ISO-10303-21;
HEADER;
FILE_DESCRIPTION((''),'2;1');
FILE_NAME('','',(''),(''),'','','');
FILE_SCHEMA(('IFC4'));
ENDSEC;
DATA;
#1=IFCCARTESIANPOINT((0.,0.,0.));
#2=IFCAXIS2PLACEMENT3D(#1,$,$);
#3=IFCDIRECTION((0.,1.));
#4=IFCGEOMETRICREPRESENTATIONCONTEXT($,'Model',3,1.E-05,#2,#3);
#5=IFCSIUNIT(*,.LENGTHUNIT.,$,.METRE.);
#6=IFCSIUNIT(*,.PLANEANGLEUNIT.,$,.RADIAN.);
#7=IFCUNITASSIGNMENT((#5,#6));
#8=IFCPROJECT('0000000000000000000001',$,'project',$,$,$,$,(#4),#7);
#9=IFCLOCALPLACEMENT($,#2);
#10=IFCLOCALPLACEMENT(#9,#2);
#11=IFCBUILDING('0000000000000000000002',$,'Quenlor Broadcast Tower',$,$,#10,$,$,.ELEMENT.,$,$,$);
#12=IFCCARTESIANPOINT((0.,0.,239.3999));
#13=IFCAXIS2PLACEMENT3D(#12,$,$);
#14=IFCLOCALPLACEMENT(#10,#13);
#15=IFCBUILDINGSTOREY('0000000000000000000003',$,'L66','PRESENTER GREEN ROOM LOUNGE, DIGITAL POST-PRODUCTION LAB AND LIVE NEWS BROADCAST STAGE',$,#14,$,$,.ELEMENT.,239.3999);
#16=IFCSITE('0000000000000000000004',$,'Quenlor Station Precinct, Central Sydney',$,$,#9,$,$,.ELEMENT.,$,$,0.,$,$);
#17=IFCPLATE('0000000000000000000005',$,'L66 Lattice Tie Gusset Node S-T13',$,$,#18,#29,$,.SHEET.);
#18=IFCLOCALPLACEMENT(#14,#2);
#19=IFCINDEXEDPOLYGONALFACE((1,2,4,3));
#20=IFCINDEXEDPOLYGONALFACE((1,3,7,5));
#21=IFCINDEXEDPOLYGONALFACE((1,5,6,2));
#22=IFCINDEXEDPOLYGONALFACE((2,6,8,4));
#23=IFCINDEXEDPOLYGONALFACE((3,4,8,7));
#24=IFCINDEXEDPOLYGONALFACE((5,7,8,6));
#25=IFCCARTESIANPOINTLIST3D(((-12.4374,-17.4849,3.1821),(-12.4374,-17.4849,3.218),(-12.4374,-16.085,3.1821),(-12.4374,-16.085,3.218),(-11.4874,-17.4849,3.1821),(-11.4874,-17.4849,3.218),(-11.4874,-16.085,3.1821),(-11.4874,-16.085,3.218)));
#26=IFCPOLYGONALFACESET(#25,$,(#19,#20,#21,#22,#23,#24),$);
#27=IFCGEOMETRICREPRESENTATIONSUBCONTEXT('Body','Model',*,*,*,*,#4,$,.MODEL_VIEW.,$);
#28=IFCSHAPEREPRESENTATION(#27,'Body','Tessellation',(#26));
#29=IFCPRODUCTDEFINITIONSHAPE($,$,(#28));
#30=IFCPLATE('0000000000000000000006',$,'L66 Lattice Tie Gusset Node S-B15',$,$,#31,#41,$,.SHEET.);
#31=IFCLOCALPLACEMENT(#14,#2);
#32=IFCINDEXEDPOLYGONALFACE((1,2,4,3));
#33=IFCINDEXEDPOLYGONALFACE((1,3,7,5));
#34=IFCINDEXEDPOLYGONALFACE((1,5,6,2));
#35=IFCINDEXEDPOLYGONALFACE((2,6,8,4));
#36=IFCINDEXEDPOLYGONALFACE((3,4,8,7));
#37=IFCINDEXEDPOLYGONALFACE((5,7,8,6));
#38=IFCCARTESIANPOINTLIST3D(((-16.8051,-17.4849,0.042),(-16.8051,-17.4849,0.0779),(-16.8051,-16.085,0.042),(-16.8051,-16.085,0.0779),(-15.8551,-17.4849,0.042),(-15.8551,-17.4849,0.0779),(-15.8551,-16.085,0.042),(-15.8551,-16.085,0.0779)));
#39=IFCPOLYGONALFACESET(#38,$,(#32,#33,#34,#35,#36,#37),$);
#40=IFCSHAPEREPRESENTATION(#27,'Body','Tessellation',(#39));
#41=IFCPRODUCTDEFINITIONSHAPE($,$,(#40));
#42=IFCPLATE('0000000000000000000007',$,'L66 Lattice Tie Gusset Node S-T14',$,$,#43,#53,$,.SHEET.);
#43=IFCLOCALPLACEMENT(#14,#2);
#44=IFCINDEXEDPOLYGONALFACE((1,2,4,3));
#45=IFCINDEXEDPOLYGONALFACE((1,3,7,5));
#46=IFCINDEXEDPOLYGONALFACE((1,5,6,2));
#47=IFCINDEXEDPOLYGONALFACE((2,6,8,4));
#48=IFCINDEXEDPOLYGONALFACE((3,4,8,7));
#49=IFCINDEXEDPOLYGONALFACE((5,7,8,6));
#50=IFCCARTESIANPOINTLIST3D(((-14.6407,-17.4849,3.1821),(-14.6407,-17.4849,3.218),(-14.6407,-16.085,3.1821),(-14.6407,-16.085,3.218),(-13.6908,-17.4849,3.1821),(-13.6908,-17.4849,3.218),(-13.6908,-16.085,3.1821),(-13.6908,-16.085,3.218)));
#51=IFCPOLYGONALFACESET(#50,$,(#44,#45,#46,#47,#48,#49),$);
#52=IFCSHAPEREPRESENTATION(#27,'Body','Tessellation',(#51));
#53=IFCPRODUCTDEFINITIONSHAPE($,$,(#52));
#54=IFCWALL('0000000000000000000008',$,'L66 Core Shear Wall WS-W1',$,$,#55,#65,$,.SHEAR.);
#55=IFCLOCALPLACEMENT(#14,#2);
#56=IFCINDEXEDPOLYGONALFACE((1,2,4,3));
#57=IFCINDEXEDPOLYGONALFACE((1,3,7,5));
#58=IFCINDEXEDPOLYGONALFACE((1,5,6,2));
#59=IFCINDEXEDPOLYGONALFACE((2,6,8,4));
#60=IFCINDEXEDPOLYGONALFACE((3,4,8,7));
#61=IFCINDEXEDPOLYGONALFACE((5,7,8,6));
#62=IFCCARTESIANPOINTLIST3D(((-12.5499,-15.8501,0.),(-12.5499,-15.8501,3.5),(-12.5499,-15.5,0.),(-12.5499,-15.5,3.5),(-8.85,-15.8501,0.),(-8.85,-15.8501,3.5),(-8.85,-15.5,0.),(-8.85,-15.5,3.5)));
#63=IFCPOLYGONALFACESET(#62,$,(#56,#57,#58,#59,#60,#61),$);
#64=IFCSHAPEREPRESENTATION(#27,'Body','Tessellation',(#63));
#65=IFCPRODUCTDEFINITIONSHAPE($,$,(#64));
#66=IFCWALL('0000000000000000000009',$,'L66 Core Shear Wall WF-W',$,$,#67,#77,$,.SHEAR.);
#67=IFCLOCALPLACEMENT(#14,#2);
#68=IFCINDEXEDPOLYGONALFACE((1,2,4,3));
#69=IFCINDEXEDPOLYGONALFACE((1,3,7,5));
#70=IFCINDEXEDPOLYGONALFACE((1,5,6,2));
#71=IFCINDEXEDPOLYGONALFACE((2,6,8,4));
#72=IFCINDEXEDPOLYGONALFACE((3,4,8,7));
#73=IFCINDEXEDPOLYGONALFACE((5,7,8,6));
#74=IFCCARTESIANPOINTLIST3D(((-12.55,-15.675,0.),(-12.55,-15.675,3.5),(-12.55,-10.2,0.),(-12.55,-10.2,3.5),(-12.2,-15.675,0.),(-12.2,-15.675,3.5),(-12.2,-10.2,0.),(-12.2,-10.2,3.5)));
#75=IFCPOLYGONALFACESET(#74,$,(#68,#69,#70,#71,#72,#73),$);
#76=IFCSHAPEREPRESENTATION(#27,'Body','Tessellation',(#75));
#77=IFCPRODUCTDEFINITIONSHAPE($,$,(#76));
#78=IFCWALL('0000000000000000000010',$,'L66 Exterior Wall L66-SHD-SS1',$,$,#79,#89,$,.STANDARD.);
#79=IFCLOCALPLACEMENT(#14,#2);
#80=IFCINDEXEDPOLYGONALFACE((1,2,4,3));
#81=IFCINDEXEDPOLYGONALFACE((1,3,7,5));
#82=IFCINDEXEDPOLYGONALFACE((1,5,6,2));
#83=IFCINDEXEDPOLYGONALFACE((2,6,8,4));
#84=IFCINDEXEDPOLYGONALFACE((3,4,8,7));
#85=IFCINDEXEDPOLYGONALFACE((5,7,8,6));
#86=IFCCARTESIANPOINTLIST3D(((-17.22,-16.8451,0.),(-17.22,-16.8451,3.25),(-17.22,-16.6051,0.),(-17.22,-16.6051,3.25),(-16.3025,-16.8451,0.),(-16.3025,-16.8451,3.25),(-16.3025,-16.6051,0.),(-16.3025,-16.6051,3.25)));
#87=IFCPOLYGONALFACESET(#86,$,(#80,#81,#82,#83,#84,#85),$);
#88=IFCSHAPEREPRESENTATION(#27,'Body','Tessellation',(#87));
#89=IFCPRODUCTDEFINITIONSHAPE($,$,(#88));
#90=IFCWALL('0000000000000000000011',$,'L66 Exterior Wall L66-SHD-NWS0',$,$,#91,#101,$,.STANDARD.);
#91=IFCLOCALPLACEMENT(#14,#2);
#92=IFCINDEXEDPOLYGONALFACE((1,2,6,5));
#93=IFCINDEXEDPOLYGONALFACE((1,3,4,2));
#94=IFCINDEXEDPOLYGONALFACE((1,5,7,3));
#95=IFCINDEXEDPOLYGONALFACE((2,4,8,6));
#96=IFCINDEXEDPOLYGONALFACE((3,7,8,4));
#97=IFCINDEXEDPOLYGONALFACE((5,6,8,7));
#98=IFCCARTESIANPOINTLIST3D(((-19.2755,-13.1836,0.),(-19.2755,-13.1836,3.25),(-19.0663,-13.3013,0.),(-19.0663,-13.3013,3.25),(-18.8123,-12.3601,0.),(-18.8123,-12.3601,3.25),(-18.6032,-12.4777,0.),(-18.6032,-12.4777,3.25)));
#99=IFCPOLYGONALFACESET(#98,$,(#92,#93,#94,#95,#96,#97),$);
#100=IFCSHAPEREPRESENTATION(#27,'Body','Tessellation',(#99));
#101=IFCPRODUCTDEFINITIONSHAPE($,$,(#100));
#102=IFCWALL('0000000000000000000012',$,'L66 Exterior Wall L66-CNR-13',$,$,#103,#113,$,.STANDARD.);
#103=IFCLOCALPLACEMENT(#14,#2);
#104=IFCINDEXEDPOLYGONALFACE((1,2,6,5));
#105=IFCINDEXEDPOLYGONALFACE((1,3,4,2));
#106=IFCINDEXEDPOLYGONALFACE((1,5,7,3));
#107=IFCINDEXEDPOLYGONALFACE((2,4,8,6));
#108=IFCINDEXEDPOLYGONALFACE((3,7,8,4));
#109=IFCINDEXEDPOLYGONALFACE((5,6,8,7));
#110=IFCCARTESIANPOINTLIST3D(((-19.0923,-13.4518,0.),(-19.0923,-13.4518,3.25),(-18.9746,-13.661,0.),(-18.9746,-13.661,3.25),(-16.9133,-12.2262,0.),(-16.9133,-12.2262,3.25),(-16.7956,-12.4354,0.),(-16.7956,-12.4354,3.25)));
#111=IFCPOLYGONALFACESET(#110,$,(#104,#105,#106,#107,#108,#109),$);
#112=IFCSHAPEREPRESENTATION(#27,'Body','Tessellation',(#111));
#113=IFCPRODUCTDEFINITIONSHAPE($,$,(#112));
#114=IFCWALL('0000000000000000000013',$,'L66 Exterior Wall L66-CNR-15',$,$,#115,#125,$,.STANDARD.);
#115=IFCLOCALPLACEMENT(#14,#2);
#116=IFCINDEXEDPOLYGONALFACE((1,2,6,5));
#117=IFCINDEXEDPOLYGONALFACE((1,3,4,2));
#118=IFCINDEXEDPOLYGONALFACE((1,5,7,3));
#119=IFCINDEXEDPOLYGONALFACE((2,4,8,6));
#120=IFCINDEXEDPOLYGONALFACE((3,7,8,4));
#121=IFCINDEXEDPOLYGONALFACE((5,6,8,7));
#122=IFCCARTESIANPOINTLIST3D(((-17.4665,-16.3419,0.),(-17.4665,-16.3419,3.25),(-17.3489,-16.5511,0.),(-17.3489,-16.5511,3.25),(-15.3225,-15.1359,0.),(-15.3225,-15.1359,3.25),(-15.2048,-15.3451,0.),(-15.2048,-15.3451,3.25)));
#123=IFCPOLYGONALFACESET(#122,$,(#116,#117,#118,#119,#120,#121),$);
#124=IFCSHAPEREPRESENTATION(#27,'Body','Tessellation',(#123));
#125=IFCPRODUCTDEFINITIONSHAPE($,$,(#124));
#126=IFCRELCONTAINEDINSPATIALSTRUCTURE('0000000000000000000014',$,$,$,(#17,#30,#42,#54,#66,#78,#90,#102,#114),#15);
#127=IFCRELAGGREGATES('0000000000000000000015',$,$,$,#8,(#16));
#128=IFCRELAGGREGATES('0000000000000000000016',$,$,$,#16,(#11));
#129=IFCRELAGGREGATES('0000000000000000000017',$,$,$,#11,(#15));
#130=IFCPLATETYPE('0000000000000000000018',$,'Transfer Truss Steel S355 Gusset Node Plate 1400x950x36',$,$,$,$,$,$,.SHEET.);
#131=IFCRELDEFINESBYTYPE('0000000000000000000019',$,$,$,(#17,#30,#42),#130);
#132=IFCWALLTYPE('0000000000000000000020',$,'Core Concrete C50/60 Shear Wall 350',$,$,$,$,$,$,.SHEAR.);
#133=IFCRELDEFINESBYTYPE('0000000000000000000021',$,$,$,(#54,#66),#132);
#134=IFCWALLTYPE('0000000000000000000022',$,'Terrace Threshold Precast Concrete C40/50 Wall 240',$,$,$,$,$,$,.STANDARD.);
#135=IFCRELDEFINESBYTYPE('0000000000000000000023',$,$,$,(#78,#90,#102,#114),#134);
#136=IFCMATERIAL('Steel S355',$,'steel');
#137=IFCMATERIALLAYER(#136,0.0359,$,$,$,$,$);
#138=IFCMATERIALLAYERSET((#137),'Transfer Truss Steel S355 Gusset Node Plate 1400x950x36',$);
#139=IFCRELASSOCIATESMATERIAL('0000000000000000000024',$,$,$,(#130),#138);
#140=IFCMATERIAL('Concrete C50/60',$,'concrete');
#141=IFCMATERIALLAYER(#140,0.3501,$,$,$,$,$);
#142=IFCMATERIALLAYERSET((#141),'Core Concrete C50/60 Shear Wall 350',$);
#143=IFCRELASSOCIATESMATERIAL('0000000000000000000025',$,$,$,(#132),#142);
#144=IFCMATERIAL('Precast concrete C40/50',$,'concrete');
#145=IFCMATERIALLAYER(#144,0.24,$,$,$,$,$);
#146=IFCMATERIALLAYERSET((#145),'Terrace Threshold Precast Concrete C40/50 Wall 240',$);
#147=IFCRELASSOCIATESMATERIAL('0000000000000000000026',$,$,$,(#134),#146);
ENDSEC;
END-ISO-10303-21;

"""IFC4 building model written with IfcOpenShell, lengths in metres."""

from ifc_helpers import new_model, si_unit, direction, frame, frame_2d, origin, origin_2d, place, context, subcontext, project, spatial, rectangle, extrude, material, layer, layer_set, type_object, element, save


model = new_model("IFC4")

# Units and contexts
model_context = context("Model", 3, precision=1e-05, world=origin(), true_north=direction((0.0, 1.0)))
body_context = subcontext(model_context, "Body", "Model", "MODEL_VIEW")
ifc_project = project(units=[si_unit("LENGTHUNIT", "METRE"), si_unit("PLANEANGLEUNIT", "RADIAN")], contexts=[model_context])

# Site, building, storey
site_placement = place(None, origin())
site = spatial("IfcSite", under=ifc_project, at=site_placement, Name="Quenlor Station Precinct, Central Sydney", CompositionType="ELEMENT", RefElevation=0.0)
building_placement = place(site_placement, origin())
building = spatial("IfcBuilding", under=site, at=building_placement, Name="Quenlor Broadcast Tower", CompositionType="ELEMENT")
storey_placement = place(building_placement, frame((0.0, 0.0, 239.3999)))
storey = spatial("IfcBuildingStorey", under=building, at=storey_placement, Name="L66", Description="PRESENTER GREEN ROOM LOUNGE, DIGITAL POST-PRODUCTION LAB AND LIVE NEWS BROADCAST STAGE", CompositionType="ELEMENT", Elevation=239.3999)

# Plates
ifc_material_1 = material(Name="Steel S355", Category="steel")
ifc_layer_1 = layer(ifc_material_1, 0.0359)
ifc_layer_set_1 = layer_set([ifc_layer_1], Name="Transfer Truss Steel S355 Gusset Node Plate 1400x950x36")
plate_type = type_object("IfcPlateType", Name="Transfer Truss Steel S355 Gusset Node Plate 1400x950x36", PredefinedType="SHEET", material=ifc_layer_set_1)
for number, where, z_axis, x_axis, name in (
    (1, (-11.9624, -16.7849, 3.1821), (0.0, 0.0, 1.0), (0.0, -1.0, 0.0), "L66 Lattice Tie Gusset Node S-T13"),
    (2, (-16.3301, -16.7849, 0.042), (0.0, 0.0, 1.0), (0.0, -1.0, 0.0), "L66 Lattice Tie Gusset Node S-B15"),
    (3, (-14.1658, -16.7849, 3.1821), (0.0, 0.0, 1.0), (0.0, -1.0, 0.0), "L66 Lattice Tie Gusset Node S-T14"),
):
    element("IfcPlate", number, at=place(storey_placement, frame(where, z_axis=z_axis, x_axis=x_axis)), inside=storey, type_object=plate_type, Name=name, PredefinedType="SHEET", context=body_context, shape_type="SweptSolid", body=[
        extrude(rectangle(XDim=1.3999, YDim=0.95, at=origin_2d()), origin(), (0.0, 0.0, 1.0), 0.0359),
    ])

# Walls
ifc_material_2 = material(Name="Concrete C50/60", Category="concrete")
ifc_layer_2 = layer(ifc_material_2, 0.3501)
ifc_layer_set_2 = layer_set([ifc_layer_2], Name="Core Concrete C50/60 Shear Wall 350")
wall_type_1 = type_object("IfcWallType", Name="Core Concrete C50/60 Shear Wall 350", PredefinedType="SHEAR", material=ifc_layer_set_2)
wall_1_placement = place(storey_placement, frame((-12.55, -15.675, 0.0), z_axis=(0.0, 0.0, 1.0), x_axis=(1.0, 0.0, 0.0)))
element("IfcWall", 4, at=wall_1_placement, inside=storey, type_object=wall_type_1, Name="L66 Core Shear Wall WS-W1", PredefinedType="SHEAR", context=body_context, shape_type="SweptSolid", body=[
    extrude(rectangle(XDim=3.7, YDim=0.3501, at=frame_2d((1.8501, 0.0))), origin(), (0.0, 0.0, 1.0), 3.5),
])
wall_2_placement = place(storey_placement, frame((-12.375, -15.675, 0.0), z_axis=(0.0, 0.0, 1.0), x_axis=(0.0, 1.0, 0.0)))
element("IfcWall", 5, at=wall_2_placement, inside=storey, type_object=wall_type_1, Name="L66 Core Shear Wall WF-W", PredefinedType="SHEAR", context=body_context, shape_type="SweptSolid", body=[
    extrude(rectangle(XDim=5.4751, YDim=0.3501, at=frame_2d((2.7375, 0.0))), origin(), (0.0, 0.0, 1.0), 3.5),
])
ifc_material_3 = material(Name="Precast concrete C40/50", Category="concrete")
ifc_layer_3 = layer(ifc_material_3, 0.24)
ifc_layer_set_3 = layer_set([ifc_layer_3], Name="Terrace Threshold Precast Concrete C40/50 Wall 240")
wall_type_2 = type_object("IfcWallType", Name="Terrace Threshold Precast Concrete C40/50 Wall 240", PredefinedType="STANDARD", material=ifc_layer_set_3)
wall_3_placement = place(storey_placement, frame((-16.3025, -16.7251, 0.0), z_axis=(0.0, 0.0, 1.0), x_axis=(-1.0, 0.0, 0.0)))
element("IfcWall", 6, at=wall_3_placement, inside=storey, type_object=wall_type_2, Name="L66 Exterior Wall L66-SHD-SS1", PredefinedType="STANDARD", context=body_context, shape_type="SweptSolid", body=[
    extrude(rectangle(XDim=0.9175, YDim=0.24, at=frame_2d((0.4587, 0.0))), origin(), (0.0, 0.0, 1.0), 3.25),
])
wall_4_placement = place(storey_placement, frame((-19.1709, -13.2424, 0.0), z_axis=(0.0, 0.0, 1.0), x_axis=(0.4902, 0.87161, 0.0)))
element("IfcWall", 7, at=wall_4_placement, inside=storey, type_object=wall_type_2, Name="L66 Exterior Wall L66-SHD-NWS0", PredefinedType="STANDARD", context=body_context, shape_type="SweptSolid", body=[
    extrude(rectangle(XDim=0.9448, YDim=0.24, at=frame_2d((0.4724, 0.0))), origin(), (0.0, 0.0, 1.0), 3.25),
])
wall_5_placement = place(storey_placement, frame((-19.0334, -13.5564, 0.0), z_axis=(0.0, 0.0, 1.0), x_axis=(0.871589, 0.490238, 0.0)))
element("IfcWall", 8, at=wall_5_placement, inside=storey, type_object=wall_type_2, Name="L66 Exterior Wall L66-CNR-13", PredefinedType="STANDARD", context=body_context, shape_type="SweptSolid", body=[
    extrude(rectangle(XDim=2.5, YDim=0.24, at=frame_2d((1.25, 0.0))), origin(), (0.0, 0.0, 1.0), 3.25),
])
wall_6_placement = place(storey_placement, frame((-15.2637, -15.2405, 0.0), z_axis=(0.0, 0.0, 1.0), x_axis=(-0.87157, -0.490271, 0.0)))
element("IfcWall", 9, at=wall_6_placement, inside=storey, type_object=wall_type_2, Name="L66 Exterior Wall L66-CNR-15", PredefinedType="STANDARD", context=body_context, shape_type="SweptSolid", body=[
    extrude(rectangle(XDim=2.46, YDim=0.24, at=frame_2d((1.23, 0.0))), origin(), (0.0, 0.0, 1.0), 3.25),
])

save(model, "model.ifc")
